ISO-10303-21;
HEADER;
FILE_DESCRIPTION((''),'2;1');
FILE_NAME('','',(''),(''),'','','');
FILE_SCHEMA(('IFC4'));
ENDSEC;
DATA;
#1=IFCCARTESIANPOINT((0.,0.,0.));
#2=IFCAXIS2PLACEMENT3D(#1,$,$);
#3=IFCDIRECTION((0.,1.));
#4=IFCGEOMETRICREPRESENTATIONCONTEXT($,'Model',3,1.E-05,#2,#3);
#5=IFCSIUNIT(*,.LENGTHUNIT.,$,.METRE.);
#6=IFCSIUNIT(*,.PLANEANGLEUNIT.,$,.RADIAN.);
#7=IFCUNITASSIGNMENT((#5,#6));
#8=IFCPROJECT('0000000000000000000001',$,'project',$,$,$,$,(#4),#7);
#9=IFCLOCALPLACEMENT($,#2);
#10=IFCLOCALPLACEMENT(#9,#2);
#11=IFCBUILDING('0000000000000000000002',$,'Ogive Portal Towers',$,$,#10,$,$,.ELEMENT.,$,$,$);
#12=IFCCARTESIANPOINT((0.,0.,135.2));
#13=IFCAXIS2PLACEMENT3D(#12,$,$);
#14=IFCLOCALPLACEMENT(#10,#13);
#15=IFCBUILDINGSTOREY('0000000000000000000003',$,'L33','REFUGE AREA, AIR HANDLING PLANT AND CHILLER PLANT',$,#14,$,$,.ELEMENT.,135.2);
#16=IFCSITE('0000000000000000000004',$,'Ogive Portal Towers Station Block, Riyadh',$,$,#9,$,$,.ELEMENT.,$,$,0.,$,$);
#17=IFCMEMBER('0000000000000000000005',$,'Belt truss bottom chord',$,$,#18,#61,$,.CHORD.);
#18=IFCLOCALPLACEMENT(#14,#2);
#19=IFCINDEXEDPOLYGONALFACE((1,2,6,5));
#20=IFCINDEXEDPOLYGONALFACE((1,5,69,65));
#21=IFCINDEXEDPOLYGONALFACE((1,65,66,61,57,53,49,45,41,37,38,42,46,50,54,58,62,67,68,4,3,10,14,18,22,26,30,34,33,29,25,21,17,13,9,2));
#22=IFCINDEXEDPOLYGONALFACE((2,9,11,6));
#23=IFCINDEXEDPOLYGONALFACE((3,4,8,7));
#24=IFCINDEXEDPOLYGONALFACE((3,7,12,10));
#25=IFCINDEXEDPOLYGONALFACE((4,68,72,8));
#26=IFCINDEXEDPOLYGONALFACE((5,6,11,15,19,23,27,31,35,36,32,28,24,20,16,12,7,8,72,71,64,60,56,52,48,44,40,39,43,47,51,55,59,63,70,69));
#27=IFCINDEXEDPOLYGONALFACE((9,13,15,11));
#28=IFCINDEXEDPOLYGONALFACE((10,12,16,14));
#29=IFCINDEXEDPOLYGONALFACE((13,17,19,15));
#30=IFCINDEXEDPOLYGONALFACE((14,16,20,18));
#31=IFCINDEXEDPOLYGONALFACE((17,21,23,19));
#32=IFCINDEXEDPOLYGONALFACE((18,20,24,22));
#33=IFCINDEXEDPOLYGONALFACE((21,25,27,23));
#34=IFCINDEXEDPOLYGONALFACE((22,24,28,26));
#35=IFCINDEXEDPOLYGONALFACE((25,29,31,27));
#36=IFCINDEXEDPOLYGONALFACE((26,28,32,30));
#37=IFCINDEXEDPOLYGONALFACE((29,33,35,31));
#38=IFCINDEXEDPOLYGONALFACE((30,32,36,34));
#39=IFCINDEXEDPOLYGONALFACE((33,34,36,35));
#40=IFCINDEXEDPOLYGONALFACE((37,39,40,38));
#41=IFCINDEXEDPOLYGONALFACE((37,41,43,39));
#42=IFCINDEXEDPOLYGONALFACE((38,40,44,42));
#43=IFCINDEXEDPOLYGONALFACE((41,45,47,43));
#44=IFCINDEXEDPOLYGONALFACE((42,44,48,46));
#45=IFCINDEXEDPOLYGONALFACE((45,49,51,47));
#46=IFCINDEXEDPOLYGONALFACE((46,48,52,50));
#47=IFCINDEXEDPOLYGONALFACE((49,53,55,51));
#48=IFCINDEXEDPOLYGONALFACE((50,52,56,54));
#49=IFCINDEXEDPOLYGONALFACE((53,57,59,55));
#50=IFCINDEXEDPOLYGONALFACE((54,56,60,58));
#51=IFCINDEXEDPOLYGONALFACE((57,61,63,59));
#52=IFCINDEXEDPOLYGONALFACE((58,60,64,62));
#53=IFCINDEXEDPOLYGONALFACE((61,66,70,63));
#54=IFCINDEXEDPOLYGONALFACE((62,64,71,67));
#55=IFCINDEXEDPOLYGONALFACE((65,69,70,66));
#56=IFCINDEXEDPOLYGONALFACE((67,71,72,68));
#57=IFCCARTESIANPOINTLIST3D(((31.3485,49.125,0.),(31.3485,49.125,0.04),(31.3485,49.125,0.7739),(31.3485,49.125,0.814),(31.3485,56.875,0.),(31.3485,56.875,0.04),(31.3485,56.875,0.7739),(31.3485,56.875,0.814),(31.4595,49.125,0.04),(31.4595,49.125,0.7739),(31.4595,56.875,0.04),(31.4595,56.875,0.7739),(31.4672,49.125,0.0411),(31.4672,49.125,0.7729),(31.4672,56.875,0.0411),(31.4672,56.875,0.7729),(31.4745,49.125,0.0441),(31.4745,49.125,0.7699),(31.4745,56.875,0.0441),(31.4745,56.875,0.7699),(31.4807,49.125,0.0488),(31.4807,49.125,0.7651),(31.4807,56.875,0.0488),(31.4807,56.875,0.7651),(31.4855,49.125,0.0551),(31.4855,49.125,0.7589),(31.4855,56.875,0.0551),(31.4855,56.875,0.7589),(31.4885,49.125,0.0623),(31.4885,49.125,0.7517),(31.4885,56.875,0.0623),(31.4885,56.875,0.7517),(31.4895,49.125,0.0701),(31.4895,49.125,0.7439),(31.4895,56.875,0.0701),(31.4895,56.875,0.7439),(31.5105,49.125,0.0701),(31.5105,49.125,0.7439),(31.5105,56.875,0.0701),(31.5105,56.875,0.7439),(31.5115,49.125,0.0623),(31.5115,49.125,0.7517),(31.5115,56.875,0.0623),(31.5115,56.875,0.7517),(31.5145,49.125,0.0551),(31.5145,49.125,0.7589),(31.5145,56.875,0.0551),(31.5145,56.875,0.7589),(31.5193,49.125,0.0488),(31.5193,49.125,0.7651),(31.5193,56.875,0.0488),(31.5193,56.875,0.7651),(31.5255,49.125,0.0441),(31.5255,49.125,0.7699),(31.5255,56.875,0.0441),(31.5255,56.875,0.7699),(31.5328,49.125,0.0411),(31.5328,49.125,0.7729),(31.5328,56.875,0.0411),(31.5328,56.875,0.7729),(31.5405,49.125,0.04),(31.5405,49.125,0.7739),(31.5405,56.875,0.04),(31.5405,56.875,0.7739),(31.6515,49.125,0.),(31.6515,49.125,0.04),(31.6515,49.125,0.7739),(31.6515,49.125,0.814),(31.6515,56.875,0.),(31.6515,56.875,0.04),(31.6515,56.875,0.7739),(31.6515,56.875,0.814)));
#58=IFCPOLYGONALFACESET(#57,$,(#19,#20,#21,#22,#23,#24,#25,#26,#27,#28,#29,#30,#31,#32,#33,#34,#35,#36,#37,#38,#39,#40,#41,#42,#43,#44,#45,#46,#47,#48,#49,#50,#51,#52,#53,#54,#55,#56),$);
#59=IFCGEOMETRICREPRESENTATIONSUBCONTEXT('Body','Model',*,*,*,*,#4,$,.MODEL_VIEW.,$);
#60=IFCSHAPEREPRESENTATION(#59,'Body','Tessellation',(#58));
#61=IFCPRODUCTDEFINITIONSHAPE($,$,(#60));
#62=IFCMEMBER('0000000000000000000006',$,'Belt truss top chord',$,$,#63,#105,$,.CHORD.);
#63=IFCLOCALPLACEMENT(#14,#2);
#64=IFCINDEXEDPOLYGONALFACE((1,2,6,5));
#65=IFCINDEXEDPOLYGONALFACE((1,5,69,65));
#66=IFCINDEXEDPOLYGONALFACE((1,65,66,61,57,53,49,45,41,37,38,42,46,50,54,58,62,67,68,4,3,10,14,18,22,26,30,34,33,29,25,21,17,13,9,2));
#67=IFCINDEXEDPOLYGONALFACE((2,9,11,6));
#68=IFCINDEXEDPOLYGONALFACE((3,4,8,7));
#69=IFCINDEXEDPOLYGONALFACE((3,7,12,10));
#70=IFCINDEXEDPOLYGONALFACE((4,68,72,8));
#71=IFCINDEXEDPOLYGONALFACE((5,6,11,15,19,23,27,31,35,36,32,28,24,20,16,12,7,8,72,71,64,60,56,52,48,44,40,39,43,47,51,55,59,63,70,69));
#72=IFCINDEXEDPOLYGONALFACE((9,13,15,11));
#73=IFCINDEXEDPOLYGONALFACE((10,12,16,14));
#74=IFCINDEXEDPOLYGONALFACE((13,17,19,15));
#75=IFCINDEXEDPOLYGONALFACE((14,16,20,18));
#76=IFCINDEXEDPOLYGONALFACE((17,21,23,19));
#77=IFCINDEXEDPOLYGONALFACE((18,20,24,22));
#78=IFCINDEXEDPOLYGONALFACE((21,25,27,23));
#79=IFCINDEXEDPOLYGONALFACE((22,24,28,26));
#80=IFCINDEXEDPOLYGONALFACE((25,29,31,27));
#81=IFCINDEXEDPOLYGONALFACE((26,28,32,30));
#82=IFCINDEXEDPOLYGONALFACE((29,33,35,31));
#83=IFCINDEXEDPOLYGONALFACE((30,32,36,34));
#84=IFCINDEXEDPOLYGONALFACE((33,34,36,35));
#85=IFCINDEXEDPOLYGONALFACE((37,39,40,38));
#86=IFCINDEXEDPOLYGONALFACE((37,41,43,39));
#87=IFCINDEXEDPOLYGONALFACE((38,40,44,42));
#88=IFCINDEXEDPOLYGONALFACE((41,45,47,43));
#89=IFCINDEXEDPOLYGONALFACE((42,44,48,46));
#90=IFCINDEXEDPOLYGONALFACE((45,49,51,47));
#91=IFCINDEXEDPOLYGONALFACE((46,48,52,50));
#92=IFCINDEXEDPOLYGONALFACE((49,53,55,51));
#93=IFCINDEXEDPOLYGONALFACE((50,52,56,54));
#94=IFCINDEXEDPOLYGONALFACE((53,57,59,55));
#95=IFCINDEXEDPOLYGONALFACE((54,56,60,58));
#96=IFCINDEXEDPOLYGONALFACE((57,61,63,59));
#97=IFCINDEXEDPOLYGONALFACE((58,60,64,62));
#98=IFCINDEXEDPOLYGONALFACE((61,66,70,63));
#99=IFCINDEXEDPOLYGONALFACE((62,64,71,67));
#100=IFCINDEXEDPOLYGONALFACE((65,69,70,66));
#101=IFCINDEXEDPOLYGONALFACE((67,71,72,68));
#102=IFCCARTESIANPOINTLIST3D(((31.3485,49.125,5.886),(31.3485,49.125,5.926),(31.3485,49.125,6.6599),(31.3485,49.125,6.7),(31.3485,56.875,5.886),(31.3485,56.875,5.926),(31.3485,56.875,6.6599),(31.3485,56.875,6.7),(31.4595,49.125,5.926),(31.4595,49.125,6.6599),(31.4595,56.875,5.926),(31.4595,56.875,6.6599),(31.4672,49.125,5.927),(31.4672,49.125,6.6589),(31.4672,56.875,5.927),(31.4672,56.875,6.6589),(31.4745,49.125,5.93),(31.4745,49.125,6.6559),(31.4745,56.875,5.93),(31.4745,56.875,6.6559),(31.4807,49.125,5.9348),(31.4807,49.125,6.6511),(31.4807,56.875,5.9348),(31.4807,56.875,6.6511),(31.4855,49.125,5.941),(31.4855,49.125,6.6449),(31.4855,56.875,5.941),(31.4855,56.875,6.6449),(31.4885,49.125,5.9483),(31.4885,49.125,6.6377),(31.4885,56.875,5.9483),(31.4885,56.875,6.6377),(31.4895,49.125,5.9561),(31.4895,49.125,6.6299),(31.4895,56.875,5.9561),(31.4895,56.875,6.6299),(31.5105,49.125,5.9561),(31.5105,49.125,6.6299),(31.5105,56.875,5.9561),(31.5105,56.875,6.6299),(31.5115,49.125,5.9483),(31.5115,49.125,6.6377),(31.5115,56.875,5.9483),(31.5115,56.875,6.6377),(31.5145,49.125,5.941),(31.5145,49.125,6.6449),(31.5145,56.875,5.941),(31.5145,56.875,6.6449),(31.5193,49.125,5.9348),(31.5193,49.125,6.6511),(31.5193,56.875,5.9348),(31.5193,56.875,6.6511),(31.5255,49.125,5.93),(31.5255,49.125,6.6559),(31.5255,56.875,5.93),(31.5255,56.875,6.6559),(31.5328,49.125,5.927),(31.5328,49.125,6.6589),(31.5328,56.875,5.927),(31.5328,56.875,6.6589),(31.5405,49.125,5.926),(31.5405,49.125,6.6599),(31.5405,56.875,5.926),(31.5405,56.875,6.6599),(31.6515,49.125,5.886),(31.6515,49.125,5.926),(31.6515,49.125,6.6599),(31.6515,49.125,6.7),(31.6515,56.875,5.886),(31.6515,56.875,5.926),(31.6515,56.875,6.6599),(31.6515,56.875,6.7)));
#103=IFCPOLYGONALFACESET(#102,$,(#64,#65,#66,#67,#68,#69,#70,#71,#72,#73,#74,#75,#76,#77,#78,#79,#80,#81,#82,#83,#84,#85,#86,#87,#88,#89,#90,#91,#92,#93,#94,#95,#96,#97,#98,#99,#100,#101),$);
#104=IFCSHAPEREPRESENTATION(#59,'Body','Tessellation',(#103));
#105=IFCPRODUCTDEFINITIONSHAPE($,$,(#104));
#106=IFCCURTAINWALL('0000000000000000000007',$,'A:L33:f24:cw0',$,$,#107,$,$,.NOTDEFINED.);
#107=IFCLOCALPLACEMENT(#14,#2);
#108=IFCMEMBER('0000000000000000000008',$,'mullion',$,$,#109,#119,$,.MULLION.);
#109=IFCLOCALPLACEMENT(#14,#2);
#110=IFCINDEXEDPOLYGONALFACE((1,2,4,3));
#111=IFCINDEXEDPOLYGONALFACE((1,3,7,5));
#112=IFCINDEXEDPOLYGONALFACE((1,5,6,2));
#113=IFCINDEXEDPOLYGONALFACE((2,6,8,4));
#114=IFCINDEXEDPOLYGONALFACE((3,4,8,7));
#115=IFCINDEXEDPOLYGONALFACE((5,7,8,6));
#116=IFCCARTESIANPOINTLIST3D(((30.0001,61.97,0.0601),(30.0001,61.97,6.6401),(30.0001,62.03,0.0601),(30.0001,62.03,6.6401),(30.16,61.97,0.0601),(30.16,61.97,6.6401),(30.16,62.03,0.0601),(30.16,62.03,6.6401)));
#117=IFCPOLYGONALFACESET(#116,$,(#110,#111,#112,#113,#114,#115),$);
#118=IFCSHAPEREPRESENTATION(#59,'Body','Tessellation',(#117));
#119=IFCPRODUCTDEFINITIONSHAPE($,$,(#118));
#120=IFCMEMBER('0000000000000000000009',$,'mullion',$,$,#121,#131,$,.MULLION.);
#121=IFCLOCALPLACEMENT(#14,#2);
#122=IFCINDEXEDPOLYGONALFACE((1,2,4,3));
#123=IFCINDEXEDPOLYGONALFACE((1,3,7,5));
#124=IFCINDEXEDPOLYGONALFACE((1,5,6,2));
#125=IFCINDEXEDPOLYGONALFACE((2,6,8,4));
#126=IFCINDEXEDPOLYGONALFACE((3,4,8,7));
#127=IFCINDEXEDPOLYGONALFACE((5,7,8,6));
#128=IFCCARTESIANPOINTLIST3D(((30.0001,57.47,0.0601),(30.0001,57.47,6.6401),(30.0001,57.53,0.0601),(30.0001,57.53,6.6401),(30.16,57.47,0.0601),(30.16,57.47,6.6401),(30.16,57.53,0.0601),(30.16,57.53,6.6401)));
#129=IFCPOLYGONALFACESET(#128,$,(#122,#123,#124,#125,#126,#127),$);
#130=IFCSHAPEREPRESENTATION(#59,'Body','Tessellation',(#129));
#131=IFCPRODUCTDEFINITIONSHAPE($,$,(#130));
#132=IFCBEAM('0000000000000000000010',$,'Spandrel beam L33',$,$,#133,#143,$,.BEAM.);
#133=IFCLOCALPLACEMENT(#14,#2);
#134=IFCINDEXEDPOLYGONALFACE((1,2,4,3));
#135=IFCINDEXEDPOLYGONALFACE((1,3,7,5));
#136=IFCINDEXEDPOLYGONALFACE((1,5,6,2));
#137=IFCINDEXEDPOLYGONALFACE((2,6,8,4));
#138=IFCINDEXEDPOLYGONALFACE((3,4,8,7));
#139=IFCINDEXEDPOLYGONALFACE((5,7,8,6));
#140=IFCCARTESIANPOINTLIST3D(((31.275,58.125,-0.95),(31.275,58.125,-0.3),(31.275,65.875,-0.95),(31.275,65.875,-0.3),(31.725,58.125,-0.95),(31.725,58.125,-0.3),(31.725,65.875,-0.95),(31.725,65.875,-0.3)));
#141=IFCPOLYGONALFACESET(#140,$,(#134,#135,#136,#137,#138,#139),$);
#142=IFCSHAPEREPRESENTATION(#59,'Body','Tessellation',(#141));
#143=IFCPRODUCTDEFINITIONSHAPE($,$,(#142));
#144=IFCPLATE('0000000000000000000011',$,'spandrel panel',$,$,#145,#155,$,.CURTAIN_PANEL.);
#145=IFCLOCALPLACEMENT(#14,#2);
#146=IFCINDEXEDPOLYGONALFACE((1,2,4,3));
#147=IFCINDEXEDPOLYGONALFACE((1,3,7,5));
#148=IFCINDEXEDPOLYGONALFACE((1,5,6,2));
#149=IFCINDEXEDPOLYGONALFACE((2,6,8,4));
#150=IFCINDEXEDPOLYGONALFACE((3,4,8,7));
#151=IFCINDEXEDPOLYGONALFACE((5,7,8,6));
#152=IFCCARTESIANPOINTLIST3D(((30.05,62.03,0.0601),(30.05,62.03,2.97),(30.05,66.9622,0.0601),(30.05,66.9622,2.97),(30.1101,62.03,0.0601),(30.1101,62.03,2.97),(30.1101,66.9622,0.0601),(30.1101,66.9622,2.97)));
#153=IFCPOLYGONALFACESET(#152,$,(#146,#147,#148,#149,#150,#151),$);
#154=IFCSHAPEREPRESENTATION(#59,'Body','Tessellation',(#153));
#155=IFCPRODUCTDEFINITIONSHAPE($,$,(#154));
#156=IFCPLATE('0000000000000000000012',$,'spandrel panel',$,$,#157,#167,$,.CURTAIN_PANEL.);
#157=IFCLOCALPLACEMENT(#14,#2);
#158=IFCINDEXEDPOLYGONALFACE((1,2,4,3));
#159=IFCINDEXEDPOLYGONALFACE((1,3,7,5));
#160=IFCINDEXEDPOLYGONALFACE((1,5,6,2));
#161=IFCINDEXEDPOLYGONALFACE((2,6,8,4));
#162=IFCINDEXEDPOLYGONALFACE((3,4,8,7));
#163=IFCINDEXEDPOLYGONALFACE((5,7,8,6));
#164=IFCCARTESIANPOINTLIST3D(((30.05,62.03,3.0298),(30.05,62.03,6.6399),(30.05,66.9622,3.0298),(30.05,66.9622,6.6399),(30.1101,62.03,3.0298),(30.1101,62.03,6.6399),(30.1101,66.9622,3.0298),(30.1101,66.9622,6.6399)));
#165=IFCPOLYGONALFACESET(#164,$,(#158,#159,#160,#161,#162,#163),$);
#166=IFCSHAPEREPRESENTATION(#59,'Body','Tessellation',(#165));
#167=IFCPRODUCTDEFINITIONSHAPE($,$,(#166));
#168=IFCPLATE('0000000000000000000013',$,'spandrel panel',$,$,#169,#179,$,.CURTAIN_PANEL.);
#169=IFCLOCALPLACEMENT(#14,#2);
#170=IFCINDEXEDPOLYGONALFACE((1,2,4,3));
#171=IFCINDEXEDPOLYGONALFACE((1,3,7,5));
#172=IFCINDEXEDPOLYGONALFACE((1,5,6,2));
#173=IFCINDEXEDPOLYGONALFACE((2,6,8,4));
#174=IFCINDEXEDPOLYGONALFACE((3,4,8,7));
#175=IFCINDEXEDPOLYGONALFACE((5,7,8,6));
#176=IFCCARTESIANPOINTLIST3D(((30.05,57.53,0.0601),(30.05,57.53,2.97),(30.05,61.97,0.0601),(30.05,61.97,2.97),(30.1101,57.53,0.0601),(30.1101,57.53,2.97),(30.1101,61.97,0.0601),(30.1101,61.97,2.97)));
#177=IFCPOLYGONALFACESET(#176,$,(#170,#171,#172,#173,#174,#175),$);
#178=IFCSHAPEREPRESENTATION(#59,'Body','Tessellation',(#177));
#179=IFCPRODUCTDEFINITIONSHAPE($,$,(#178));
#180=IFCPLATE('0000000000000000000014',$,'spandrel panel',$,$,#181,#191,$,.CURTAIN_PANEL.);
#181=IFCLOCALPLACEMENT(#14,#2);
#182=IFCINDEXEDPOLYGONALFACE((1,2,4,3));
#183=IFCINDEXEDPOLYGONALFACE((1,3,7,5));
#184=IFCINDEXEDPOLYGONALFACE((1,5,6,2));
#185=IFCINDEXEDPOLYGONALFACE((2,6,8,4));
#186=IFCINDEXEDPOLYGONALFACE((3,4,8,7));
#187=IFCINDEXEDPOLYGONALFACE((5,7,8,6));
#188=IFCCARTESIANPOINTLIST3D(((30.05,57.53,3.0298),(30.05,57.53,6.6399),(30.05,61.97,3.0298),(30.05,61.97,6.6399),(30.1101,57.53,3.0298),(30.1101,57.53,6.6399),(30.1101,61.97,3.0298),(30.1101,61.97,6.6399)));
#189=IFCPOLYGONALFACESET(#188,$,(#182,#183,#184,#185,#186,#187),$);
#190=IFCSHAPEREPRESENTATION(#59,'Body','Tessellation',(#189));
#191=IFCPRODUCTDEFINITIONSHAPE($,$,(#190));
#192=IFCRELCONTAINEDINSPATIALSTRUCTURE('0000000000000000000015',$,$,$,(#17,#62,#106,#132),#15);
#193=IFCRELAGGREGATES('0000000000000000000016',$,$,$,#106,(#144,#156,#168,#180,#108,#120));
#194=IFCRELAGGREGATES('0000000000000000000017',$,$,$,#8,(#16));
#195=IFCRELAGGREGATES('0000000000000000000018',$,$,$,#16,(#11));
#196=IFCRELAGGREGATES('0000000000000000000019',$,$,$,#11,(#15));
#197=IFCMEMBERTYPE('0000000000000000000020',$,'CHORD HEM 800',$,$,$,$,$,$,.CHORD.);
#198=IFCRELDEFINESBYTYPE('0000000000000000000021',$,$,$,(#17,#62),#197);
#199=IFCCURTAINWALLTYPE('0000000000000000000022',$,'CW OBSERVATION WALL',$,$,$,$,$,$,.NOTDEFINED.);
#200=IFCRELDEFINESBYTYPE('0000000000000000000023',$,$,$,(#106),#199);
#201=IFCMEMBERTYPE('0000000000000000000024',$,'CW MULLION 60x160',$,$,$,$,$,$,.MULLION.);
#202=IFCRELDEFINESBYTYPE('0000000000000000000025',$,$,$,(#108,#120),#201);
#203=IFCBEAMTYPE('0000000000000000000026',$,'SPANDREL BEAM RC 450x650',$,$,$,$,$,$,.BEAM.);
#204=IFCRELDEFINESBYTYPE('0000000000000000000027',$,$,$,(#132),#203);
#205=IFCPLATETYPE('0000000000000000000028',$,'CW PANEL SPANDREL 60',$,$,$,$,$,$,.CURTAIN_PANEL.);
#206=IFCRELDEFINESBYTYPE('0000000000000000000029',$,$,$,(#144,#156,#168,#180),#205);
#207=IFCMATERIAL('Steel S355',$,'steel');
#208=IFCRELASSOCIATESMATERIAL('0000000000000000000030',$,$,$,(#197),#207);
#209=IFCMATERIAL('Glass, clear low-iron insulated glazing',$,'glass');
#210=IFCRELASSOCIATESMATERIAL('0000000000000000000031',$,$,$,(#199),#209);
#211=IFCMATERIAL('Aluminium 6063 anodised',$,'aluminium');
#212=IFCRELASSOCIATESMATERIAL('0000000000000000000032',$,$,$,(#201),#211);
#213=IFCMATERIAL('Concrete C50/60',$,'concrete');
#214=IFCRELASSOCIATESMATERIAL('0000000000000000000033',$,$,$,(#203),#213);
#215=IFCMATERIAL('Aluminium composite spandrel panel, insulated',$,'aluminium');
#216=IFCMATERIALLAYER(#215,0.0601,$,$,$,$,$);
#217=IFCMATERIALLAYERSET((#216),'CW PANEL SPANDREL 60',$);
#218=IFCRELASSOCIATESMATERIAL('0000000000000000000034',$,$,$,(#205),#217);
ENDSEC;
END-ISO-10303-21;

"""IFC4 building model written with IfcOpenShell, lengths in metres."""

from ifc_helpers import new_model, si_unit, direction, frame, origin, origin_2d, place, context, subcontext, project, spatial, rectangle, i_section, extrude, material, layer, layer_set, material_profile, profile_set, type_object, element, aggregate, save


model = new_model("IFC4")

# Units and contexts
model_context = context("Model", 3, precision=1e-05, world=origin(), true_north=direction((0.0, 1.0)))
body_context = subcontext(model_context, "Body", "Model", "MODEL_VIEW")
ifc_project = project(units=[si_unit("LENGTHUNIT", "METRE"), si_unit("PLANEANGLEUNIT", "RADIAN")], contexts=[model_context])

# Site, building, storey
site_placement = place(None, origin())
site = spatial("IfcSite", under=ifc_project, at=site_placement, Name="Ogive Portal Towers Station Block, Riyadh", CompositionType="ELEMENT", RefElevation=0.0)
building_placement = place(site_placement, origin())
building = spatial("IfcBuilding", under=site, at=building_placement, Name="Ogive Portal Towers", CompositionType="ELEMENT")
storey_placement = place(building_placement, frame((0.0, 0.0, 135.2)))
storey = spatial("IfcBuildingStorey", under=building, at=storey_placement, Name="L33", Description="REFUGE AREA, AIR HANDLING PLANT AND CHILLER PLANT", CompositionType="ELEMENT", Elevation=135.2)

# Members
ifc_material_1 = material(Name="Steel S355", Category="steel")
ifc_material_profile_1 = material_profile(ifc_material_1, i_section(OverallWidth=0.303, OverallDepth=0.814, WebThickness=0.021, FlangeThickness=0.04, FilletRadius=0.03, at=origin_2d()), Name="HEM 800")
ifc_profile_set_1 = profile_set([ifc_material_profile_1], Name="Steel S355")
member_type_1 = type_object("IfcMemberType", Name="CHORD HEM 800", PredefinedType="CHORD", material=ifc_profile_set_1)
for number, where, z_axis, x_axis, name in (
    (1, (31.5, 56.875, 0.407), (0.0, -1.0, 0.0), (1.0, 0.0, 0.0), "Belt truss bottom chord"),
    (2, (31.5, 56.875, 6.293), (0.0, -1.0, 0.0), (1.0, 0.0, 0.0), "Belt truss top chord"),
):
    element("IfcMember", number, at=place(storey_placement, frame(where, z_axis=z_axis, x_axis=x_axis)), inside=storey, type_object=member_type_1, Name=name, PredefinedType="CHORD", context=body_context, shape_type="SweptSolid", body=[
        extrude(i_section(OverallWidth=0.303, OverallDepth=0.814, WebThickness=0.021, FlangeThickness=0.04, FilletRadius=0.03, at=origin_2d()), origin(), (0.0, 0.0, 1.0), 7.75),
    ])

# Curtain wall, members
ifc_material_2 = material(Name="Glass, clear low-iron insulated glazing", Category="glass")
curtain_wall_type = type_object("IfcCurtainWallType", Name="CW OBSERVATION WALL", PredefinedType="NOTDEFINED", material=ifc_material_2)
curtain_wall_placement = place(storey_placement, origin())
curtain_wall = element("IfcCurtainWall", 3, at=curtain_wall_placement, inside=storey, type_object=curtain_wall_type, Name="A:L33:f24:cw0", PredefinedType="NOTDEFINED")
ifc_material_3 = material(Name="Aluminium 6063 anodised", Category="aluminium")
ifc_material_profile_2 = material_profile(ifc_material_3, rectangle(XDim=0.1599, YDim=0.0601, at=origin_2d()), Name="AL 60x160")
ifc_profile_set_2 = profile_set([ifc_material_profile_2], Name="Aluminium 6063 anodised")
member_type_2 = type_object("IfcMemberType", Name="CW MULLION 60x160", PredefinedType="MULLION", material=ifc_profile_set_2)
member_1_placement = place(storey_placement, frame((30.0801, 62.0, 0.0601), z_axis=(0.0, 0.0, 1.0), x_axis=(1.0, 0.0, 0.0)))
member_1 = element("IfcMember", 4, at=member_1_placement, type_object=member_type_2, Name="mullion", PredefinedType="MULLION", context=body_context, shape_type="SweptSolid", body=[
    extrude(rectangle(XDim=0.1599, YDim=0.0601, at=origin_2d()), origin(), (0.0, 0.0, 1.0), 6.5801),
])
member_2_placement = place(storey_placement, frame((30.0801, 57.5, 0.0601), z_axis=(0.0, 0.0, 1.0), x_axis=(1.0, 0.0, 0.0)))
member_2 = element("IfcMember", 5, at=member_2_placement, type_object=member_type_2, Name="mullion", PredefinedType="MULLION", context=body_context, shape_type="SweptSolid", body=[
    extrude(rectangle(XDim=0.1599, YDim=0.0601, at=origin_2d()), origin(), (0.0, 0.0, 1.0), 6.5801),
])

# Beam
ifc_material_4 = material(Name="Concrete C50/60", Category="concrete")
ifc_material_profile_3 = material_profile(ifc_material_4, rectangle(XDim=0.45, YDim=0.6499, at=origin_2d()), Name="RC 450x650")
ifc_profile_set_3 = profile_set([ifc_material_profile_3], Name="Concrete C50/60")
beam_type = type_object("IfcBeamType", Name="SPANDREL BEAM RC 450x650", PredefinedType="BEAM", material=ifc_profile_set_3)
beam_placement = place(storey_placement, frame((31.5, 58.125, -0.625), z_axis=(0.0, 1.0, 0.0), x_axis=(-1.0, 0.0, 0.0)))
element("IfcBeam", 6, at=beam_placement, inside=storey, type_object=beam_type, Name="Spandrel beam L33", PredefinedType="BEAM", context=body_context, shape_type="SweptSolid", body=[
    extrude(rectangle(XDim=0.45, YDim=0.6499, at=origin_2d()), origin(), (0.0, 0.0, 1.0), 7.75),
])

# Plates
ifc_material_5 = material(Name="Aluminium composite spandrel panel, insulated", Category="aluminium")
ifc_layer_1 = layer(ifc_material_5, 0.0601)
ifc_layer_set_1 = layer_set([ifc_layer_1], Name="CW PANEL SPANDREL 60")
plate_type = type_object("IfcPlateType", Name="CW PANEL SPANDREL 60", PredefinedType="CURTAIN_PANEL", material=ifc_layer_set_1)
plate_1_placement = place(storey_placement, frame((30.0801, 64.4961, 0.0601), z_axis=(0.0, 0.0, 1.0), x_axis=(0.0, -1.0, 0.0)))
plate_1 = element("IfcPlate", 7, at=plate_1_placement, type_object=plate_type, Name="spandrel panel", PredefinedType="CURTAIN_PANEL", context=body_context, shape_type="SweptSolid", body=[
    extrude(rectangle(XDim=4.9321, YDim=0.0601, at=origin_2d()), origin(), (0.0, 0.0, 1.0), 2.9099),
])
plate_2_placement = place(storey_placement, frame((30.0801, 64.4961, 3.0298), z_axis=(0.0, 0.0, 1.0), x_axis=(0.0, -1.0, 0.0)))
plate_2 = element("IfcPlate", 8, at=plate_2_placement, type_object=plate_type, Name="spandrel panel", PredefinedType="CURTAIN_PANEL", context=body_context, shape_type="SweptSolid", body=[
    extrude(rectangle(XDim=4.9321, YDim=0.0601, at=origin_2d()), origin(), (0.0, 0.0, 1.0), 3.6101),
])
plate_3_placement = place(storey_placement, frame((30.0801, 59.75, 0.0601), z_axis=(0.0, 0.0, 1.0), x_axis=(0.0, -1.0, 0.0)))
plate_3 = element("IfcPlate", 9, at=plate_3_placement, type_object=plate_type, Name="spandrel panel", PredefinedType="CURTAIN_PANEL", context=body_context, shape_type="SweptSolid", body=[
    extrude(rectangle(XDim=4.4399, YDim=0.0601, at=origin_2d()), origin(), (0.0, 0.0, 1.0), 2.9099),
])
plate_4_placement = place(storey_placement, frame((30.0801, 59.75, 3.0298), z_axis=(0.0, 0.0, 1.0), x_axis=(0.0, -1.0, 0.0)))
plate_4 = element("IfcPlate", 10, at=plate_4_placement, type_object=plate_type, Name="spandrel panel", PredefinedType="CURTAIN_PANEL", context=body_context, shape_type="SweptSolid", body=[
    extrude(rectangle(XDim=4.4399, YDim=0.0601, at=origin_2d()), origin(), (0.0, 0.0, 1.0), 3.6101),
])
aggregate(curtain_wall, [plate_1, plate_2, plate_3, plate_4, member_1, member_2])

save(model, "model.ifc")
